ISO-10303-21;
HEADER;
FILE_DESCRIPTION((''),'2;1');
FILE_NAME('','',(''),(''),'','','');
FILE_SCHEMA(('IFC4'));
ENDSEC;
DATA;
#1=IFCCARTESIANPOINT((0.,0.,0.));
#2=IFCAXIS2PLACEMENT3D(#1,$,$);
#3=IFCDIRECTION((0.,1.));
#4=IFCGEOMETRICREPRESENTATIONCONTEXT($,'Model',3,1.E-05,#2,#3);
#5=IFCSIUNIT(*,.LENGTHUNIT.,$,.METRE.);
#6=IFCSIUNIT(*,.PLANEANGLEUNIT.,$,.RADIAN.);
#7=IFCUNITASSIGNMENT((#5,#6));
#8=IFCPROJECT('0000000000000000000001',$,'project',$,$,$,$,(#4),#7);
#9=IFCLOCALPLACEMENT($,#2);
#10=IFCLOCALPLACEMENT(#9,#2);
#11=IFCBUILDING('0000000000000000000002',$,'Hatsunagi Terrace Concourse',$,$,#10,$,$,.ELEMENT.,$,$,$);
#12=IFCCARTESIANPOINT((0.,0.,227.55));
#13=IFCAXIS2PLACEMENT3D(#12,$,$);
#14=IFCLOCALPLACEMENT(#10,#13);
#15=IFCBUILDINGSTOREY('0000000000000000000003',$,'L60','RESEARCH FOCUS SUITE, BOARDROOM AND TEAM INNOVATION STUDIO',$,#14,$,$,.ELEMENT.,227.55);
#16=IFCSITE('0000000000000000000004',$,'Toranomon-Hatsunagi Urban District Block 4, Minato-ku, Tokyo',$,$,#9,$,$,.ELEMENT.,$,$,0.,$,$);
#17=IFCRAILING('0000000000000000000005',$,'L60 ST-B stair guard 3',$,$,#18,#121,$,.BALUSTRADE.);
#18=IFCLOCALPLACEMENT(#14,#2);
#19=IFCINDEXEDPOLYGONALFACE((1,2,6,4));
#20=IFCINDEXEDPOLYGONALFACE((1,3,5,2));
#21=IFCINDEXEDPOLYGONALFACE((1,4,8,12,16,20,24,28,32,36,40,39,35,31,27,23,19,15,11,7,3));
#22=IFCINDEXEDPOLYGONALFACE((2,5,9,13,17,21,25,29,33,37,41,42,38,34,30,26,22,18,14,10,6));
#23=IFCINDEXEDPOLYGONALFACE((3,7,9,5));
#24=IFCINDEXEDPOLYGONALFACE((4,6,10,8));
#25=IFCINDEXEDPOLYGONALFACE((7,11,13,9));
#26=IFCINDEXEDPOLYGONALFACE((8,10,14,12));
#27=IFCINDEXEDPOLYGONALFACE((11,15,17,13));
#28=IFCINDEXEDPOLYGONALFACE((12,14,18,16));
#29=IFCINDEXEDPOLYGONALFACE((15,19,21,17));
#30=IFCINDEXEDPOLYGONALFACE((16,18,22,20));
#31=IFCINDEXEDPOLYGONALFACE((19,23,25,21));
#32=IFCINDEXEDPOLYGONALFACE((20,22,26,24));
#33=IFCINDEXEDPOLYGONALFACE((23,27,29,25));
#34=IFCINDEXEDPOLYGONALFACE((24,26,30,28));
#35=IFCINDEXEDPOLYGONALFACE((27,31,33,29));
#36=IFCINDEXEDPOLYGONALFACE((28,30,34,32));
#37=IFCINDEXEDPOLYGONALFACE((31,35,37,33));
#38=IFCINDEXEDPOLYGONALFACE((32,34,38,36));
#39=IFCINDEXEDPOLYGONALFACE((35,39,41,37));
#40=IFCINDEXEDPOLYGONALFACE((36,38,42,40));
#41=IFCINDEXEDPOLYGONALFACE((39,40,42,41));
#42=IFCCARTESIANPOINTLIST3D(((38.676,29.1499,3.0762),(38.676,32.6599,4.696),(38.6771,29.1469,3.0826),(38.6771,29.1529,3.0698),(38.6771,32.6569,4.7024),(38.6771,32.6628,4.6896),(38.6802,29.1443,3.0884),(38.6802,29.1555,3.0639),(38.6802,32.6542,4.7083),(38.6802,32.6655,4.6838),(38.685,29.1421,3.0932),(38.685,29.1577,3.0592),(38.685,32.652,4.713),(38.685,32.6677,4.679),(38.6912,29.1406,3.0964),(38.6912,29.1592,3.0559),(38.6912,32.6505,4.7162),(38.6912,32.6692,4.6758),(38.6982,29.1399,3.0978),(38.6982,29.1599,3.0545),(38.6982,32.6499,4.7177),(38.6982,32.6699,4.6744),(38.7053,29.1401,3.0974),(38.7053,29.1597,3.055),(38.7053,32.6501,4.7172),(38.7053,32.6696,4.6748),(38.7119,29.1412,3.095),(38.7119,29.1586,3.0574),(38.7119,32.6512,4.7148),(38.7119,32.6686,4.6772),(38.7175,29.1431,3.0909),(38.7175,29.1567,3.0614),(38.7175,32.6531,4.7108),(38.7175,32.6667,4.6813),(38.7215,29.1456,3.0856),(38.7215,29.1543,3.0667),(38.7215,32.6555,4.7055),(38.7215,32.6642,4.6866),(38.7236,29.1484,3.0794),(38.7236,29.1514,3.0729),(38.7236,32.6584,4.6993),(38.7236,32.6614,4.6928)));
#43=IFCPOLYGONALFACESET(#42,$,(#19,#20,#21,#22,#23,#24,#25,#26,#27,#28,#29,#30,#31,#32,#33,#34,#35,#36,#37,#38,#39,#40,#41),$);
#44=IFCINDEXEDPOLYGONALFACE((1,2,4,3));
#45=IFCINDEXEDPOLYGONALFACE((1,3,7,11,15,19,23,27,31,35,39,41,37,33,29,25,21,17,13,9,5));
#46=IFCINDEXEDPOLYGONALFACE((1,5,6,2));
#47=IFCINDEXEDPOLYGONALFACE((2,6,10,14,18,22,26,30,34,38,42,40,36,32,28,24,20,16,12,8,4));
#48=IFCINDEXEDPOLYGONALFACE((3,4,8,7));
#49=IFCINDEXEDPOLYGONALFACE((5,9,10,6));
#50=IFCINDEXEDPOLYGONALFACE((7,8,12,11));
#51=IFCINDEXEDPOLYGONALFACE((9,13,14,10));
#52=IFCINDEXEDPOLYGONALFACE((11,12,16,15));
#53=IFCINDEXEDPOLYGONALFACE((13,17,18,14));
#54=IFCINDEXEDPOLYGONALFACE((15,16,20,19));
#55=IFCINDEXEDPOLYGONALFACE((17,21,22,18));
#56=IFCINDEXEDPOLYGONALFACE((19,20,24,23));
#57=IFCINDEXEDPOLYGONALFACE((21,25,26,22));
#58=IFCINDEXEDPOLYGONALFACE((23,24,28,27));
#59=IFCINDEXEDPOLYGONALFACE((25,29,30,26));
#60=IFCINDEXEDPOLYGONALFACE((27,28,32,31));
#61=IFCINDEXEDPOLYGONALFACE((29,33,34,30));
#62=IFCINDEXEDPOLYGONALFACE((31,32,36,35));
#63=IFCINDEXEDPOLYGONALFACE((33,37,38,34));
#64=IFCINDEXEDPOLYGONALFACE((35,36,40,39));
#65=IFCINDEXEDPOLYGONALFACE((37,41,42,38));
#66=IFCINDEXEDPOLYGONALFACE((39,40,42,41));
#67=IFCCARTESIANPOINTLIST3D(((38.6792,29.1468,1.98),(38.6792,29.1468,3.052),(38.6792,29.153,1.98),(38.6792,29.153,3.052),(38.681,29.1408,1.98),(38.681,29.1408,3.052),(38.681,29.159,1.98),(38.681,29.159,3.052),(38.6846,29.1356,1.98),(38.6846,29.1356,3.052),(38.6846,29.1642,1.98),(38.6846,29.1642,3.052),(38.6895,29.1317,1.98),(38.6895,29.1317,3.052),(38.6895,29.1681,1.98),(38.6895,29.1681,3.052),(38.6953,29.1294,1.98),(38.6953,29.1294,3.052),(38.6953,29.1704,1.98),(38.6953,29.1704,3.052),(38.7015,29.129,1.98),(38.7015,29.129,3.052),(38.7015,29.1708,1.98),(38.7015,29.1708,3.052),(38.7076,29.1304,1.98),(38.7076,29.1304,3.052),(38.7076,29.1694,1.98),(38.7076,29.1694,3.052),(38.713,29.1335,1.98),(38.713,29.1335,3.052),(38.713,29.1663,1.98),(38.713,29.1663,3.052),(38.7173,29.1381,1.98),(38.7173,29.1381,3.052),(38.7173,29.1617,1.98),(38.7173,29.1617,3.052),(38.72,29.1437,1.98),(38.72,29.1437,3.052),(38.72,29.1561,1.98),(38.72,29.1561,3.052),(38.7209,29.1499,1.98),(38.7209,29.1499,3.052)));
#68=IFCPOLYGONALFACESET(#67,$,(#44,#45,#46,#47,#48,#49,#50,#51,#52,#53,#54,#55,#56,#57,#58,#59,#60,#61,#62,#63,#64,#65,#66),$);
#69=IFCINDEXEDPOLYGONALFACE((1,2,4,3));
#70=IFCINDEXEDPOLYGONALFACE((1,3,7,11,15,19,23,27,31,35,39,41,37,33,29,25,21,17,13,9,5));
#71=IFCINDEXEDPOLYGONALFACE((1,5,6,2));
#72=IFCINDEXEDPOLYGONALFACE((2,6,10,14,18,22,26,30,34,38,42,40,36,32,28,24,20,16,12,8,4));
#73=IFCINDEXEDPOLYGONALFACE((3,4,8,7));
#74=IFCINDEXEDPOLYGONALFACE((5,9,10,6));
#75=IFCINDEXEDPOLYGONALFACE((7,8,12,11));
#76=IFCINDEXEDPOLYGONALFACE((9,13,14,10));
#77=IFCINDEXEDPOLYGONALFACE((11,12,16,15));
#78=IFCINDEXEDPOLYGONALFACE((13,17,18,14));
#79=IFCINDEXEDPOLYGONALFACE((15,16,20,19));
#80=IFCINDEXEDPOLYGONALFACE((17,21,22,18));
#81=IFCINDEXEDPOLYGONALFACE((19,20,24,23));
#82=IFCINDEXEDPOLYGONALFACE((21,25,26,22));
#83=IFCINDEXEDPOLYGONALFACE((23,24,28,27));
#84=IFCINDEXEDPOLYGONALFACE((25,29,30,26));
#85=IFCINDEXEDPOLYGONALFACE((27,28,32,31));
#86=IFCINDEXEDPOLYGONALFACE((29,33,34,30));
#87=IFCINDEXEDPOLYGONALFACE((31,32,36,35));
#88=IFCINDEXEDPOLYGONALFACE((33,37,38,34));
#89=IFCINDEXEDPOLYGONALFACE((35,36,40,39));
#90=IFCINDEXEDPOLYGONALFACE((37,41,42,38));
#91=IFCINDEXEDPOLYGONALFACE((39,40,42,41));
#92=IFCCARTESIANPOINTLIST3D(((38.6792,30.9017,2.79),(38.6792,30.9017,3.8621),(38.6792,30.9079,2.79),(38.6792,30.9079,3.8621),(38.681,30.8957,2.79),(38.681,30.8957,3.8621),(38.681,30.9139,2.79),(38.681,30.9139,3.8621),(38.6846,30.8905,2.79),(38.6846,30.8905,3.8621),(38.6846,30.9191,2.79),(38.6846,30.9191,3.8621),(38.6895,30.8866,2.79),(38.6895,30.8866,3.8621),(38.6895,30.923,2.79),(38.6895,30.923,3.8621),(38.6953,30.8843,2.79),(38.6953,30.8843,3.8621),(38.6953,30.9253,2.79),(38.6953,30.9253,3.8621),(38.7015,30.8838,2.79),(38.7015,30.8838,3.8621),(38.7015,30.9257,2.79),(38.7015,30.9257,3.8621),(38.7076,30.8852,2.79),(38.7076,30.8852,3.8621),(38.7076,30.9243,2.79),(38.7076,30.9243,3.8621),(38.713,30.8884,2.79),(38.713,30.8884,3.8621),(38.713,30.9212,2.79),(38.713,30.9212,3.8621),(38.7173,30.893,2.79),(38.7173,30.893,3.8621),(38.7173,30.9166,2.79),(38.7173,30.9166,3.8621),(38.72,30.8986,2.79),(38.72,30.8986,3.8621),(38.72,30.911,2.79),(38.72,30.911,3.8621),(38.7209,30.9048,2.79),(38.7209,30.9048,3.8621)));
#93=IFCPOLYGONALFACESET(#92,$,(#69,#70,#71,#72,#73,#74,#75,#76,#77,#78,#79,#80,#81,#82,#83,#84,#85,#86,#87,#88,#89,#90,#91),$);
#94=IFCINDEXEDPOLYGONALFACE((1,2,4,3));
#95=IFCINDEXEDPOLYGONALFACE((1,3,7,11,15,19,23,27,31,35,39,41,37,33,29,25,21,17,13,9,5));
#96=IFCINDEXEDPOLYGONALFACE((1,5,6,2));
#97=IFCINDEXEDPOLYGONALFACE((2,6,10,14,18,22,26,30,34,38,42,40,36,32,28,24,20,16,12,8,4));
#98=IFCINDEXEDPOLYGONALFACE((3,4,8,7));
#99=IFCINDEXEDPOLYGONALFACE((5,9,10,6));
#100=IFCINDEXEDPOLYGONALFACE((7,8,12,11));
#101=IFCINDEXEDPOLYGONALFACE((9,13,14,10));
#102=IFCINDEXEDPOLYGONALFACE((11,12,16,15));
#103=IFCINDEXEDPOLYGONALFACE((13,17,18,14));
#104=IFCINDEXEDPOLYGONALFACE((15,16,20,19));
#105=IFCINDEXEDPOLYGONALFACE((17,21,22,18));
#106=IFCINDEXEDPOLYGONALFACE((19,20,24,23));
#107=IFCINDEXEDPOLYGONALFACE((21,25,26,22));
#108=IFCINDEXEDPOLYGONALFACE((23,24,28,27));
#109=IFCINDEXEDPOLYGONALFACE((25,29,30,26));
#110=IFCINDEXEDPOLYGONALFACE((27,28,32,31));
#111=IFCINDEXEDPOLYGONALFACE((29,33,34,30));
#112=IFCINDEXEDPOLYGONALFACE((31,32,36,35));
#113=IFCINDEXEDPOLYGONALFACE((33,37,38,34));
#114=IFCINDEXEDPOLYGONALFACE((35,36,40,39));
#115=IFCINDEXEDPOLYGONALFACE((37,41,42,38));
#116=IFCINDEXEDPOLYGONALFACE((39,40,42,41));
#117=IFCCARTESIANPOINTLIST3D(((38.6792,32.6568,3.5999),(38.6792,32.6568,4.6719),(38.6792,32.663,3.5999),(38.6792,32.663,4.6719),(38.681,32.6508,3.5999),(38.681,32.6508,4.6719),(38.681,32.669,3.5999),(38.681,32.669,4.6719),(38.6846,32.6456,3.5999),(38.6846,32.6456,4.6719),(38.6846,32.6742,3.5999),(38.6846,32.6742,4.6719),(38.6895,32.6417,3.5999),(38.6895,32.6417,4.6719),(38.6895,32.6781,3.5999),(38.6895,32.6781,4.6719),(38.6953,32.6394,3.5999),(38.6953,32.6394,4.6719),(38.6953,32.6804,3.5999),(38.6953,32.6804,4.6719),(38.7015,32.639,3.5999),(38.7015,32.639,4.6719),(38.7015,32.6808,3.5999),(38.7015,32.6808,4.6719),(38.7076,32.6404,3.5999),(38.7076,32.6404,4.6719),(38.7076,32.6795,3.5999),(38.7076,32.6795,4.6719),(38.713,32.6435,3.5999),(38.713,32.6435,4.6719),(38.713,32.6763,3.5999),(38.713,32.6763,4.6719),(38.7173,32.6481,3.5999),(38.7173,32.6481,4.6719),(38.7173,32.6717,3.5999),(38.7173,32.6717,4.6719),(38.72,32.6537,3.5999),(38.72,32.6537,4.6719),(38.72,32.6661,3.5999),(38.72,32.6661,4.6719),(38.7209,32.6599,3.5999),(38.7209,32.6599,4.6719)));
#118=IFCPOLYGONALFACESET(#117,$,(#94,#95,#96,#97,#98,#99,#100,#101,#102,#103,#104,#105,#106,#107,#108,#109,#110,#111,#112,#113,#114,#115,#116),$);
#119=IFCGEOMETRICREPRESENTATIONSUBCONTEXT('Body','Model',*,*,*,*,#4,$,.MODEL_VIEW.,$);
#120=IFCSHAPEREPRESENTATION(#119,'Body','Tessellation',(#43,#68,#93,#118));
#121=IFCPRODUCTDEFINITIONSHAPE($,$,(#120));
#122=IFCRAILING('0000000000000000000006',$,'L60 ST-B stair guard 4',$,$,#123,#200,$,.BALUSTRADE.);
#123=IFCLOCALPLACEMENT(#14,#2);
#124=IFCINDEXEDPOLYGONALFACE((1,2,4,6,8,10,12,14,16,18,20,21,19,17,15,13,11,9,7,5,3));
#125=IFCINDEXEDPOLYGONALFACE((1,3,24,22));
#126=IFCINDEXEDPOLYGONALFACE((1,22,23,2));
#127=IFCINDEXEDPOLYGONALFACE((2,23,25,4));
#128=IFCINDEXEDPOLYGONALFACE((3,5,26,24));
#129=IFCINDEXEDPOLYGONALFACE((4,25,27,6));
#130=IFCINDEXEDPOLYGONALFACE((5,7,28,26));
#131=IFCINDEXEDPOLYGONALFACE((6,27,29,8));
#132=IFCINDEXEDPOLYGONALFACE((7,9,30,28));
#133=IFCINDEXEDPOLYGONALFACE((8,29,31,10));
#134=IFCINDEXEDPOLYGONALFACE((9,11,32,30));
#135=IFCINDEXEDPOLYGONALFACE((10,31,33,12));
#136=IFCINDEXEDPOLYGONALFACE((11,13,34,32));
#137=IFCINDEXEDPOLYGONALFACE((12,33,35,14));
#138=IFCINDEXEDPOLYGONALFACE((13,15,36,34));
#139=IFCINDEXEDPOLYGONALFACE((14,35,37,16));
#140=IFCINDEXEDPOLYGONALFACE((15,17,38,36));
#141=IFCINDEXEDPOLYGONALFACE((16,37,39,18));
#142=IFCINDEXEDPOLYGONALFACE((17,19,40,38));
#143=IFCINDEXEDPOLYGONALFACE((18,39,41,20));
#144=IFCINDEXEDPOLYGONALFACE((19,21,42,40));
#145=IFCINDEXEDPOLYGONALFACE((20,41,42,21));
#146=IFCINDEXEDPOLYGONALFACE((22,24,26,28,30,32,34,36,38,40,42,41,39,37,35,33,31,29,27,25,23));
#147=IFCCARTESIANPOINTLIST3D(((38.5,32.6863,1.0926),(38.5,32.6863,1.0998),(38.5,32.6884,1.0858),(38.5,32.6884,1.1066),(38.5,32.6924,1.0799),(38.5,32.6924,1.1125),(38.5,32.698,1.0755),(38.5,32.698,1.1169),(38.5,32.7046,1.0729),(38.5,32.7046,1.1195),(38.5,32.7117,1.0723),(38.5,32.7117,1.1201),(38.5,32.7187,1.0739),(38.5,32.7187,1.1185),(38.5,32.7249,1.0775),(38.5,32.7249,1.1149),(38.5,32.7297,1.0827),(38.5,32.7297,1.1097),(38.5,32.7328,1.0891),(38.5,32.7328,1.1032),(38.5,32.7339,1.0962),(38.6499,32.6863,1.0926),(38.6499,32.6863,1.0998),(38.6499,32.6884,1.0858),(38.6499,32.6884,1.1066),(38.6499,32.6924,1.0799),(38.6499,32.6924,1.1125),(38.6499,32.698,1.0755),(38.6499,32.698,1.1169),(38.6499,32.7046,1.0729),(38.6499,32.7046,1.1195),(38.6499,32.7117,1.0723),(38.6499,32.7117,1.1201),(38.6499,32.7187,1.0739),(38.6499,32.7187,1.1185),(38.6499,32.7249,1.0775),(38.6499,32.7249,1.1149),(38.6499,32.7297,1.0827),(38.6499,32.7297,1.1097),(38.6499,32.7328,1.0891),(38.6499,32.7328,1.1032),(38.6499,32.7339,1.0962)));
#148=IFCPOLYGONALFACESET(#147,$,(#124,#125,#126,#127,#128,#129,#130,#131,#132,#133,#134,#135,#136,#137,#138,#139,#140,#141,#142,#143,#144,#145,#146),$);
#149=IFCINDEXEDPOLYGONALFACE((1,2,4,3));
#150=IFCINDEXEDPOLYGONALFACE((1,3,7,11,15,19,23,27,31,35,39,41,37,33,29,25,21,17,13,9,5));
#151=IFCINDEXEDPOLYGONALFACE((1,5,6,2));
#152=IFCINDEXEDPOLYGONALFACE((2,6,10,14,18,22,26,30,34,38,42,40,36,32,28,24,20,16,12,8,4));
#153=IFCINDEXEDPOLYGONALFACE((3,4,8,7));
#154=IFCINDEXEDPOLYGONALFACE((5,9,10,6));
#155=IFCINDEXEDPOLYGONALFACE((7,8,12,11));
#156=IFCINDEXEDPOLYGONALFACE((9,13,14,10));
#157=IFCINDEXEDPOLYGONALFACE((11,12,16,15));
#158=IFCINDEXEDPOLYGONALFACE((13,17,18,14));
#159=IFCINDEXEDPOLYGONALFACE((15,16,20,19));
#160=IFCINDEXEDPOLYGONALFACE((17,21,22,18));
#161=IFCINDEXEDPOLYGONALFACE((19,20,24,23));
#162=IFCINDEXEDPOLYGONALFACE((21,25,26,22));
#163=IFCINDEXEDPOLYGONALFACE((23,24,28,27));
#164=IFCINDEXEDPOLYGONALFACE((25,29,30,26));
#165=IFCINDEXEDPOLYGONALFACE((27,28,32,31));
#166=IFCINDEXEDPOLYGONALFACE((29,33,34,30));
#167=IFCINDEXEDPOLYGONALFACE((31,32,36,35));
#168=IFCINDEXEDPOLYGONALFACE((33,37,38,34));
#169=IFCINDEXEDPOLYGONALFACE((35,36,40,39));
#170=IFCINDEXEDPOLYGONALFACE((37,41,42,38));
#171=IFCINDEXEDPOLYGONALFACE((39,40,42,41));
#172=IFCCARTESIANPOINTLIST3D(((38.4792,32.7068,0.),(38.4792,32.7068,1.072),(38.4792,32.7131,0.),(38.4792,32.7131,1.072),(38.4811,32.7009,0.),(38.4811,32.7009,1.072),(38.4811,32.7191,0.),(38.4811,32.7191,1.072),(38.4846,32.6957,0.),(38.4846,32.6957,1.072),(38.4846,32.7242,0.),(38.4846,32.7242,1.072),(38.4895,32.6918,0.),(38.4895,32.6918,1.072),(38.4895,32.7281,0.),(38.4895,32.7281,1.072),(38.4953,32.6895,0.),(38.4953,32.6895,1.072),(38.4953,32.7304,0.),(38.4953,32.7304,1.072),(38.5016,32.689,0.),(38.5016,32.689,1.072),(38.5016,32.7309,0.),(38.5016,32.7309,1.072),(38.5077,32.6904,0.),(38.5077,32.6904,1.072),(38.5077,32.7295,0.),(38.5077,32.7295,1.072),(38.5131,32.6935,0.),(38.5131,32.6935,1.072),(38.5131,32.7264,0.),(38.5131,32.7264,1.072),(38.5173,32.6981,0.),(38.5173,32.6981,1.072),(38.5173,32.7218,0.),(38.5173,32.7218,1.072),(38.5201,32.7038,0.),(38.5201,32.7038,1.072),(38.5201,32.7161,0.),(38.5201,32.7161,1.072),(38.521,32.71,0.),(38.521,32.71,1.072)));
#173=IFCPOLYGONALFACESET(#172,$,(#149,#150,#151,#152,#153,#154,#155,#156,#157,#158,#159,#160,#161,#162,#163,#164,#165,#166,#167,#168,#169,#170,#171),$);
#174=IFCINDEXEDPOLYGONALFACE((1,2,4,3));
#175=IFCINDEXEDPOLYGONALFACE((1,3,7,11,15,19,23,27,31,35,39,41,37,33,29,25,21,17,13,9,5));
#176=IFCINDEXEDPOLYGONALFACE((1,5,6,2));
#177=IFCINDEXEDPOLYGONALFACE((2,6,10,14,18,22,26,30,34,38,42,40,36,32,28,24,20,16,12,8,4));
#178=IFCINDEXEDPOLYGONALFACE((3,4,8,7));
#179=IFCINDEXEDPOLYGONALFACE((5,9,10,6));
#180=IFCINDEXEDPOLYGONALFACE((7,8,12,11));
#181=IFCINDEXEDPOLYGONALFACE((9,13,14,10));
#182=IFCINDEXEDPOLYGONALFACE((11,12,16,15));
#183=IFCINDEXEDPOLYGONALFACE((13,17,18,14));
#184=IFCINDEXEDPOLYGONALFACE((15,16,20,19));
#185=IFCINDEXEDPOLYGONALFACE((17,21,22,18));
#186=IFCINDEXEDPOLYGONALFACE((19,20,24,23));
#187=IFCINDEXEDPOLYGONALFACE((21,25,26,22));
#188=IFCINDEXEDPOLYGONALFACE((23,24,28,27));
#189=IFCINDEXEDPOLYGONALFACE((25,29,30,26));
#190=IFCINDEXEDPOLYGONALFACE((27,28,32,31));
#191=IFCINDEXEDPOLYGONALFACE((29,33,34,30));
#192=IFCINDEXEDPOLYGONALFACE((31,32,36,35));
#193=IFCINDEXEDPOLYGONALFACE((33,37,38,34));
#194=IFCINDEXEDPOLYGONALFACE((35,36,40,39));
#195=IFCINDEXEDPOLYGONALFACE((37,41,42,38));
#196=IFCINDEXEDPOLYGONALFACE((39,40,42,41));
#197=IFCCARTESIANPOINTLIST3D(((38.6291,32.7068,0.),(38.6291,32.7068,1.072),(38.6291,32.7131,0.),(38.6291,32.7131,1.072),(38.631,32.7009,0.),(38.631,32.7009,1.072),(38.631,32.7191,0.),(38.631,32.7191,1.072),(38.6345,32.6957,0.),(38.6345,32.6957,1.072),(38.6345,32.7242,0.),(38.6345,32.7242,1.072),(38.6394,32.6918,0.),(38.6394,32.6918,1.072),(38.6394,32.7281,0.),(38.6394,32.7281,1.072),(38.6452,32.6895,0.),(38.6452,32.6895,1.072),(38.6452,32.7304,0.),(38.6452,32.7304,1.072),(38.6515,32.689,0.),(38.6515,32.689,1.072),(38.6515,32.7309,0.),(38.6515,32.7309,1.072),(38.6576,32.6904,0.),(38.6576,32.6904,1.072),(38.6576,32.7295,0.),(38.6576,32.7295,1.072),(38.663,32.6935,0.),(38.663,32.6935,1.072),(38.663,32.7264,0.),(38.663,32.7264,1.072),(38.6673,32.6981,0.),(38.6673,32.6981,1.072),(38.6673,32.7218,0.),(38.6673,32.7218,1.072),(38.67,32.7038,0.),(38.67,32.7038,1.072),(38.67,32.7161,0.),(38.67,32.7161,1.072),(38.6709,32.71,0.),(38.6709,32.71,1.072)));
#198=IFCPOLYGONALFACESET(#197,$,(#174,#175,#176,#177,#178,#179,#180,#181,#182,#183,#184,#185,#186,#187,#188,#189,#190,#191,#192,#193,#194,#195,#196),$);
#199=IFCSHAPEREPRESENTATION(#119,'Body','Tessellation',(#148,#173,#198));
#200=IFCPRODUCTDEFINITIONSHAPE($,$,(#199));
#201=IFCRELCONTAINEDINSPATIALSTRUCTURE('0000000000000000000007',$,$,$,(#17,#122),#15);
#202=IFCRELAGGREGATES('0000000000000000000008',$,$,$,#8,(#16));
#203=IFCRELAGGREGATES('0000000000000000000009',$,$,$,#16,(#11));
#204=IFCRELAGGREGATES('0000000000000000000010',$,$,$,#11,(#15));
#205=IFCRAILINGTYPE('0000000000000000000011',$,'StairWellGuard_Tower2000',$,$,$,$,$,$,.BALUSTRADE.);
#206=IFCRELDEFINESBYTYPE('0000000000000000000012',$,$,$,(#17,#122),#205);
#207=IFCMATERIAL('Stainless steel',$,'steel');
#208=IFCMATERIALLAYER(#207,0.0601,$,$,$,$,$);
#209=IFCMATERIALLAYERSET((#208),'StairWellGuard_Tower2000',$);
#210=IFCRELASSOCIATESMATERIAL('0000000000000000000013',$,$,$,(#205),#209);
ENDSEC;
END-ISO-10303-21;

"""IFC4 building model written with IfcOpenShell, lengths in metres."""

from ifc_helpers import new_model, si_unit, direction, frame, origin, origin_2d, place, context, subcontext, project, spatial, circle, extrude, material, layer, layer_set, type_object, element, save


model = new_model("IFC4")

# Units and contexts
model_context = context("Model", 3, precision=1e-05, world=origin(), true_north=direction((0.0, 1.0)))
body_context = subcontext(model_context, "Body", "Model", "MODEL_VIEW")
ifc_project = project(units=[si_unit("LENGTHUNIT", "METRE"), si_unit("PLANEANGLEUNIT", "RADIAN")], contexts=[model_context])

# Site, building, storey
site_placement = place(None, origin())
site = spatial("IfcSite", under=ifc_project, at=site_placement, Name="Toranomon-Hatsunagi Urban District Block 4, Minato-ku, Tokyo", CompositionType="ELEMENT", RefElevation=0.0)
building_placement = place(site_placement, origin())
building = spatial("IfcBuilding", under=site, at=building_placement, Name="Hatsunagi Terrace Concourse", CompositionType="ELEMENT")
storey_placement = place(building_placement, frame((0.0, 0.0, 227.55)))
storey = spatial("IfcBuildingStorey", under=building, at=storey_placement, Name="L60", Description="RESEARCH FOCUS SUITE, BOARDROOM AND TEAM INNOVATION STUDIO", CompositionType="ELEMENT", Elevation=227.55)

# Railings
ifc_material_1 = material(Name="Stainless steel", Category="steel")
ifc_layer_1 = layer(ifc_material_1, 0.0601)
ifc_layer_set_1 = layer_set([ifc_layer_1], Name="StairWellGuard_Tower2000")
railing_type_1 = type_object("IfcRailingType", Name="StairWellGuard_Tower2000", PredefinedType="BALUSTRADE", material=ifc_layer_set_1)
railing_1_placement = place(storey_placement, frame((38.7, 29.1499, 1.98)))
element("IfcRailing", 1, at=railing_1_placement, inside=storey, type_object=railing_type_1, Name="L60 ST-B stair guard 3", PredefinedType="BALUSTRADE", context=body_context, shape_type="SweptSolid", body=[
    extrude(circle(Radius=0.0239, at=origin_2d()), frame((0.0, 0.0, 1.0962), z_axis=(0.0, 0.907972, 0.41903), x_axis=(-1.0, 0.0, 0.0)), (0.0, 0.0, 1.0), 3.8657),
    extrude(circle(Radius=0.021, at=origin_2d()), origin(), (0.0, 0.0, 1.0), 1.072),
    extrude(circle(Radius=0.021, at=origin_2d()), frame((0.0, 1.7549, 0.8101)), (0.0, 0.0, 1.0), 1.072),
    extrude(circle(Radius=0.021, at=origin_2d()), frame((0.0, 3.51, 1.6199)), (0.0, 0.0, 1.0), 1.072),
])
railing_2_placement = place(storey_placement, frame((38.5, 32.71, 0.0)))
element("IfcRailing", 2, at=railing_2_placement, inside=storey, type_object=railing_type_1, Name="L60 ST-B stair guard 4", PredefinedType="BALUSTRADE", context=body_context, shape_type="SweptSolid", body=[
    extrude(circle(Radius=0.0239, at=origin_2d()), frame((0.0, 0.0, 1.0962), z_axis=(1.0, 0.0, 0.0), x_axis=(0.0, 1.0, 0.0)), (0.0, 0.0, 1.0), 0.1499),
    extrude(circle(Radius=0.021, at=origin_2d()), origin(), (0.0, 0.0, 1.0), 1.072),
    extrude(circle(Radius=0.021, at=origin_2d()), frame((0.1499, 0.0, 0.0)), (0.0, 0.0, 1.0), 1.072),
])

save(model, "model.ifc")
